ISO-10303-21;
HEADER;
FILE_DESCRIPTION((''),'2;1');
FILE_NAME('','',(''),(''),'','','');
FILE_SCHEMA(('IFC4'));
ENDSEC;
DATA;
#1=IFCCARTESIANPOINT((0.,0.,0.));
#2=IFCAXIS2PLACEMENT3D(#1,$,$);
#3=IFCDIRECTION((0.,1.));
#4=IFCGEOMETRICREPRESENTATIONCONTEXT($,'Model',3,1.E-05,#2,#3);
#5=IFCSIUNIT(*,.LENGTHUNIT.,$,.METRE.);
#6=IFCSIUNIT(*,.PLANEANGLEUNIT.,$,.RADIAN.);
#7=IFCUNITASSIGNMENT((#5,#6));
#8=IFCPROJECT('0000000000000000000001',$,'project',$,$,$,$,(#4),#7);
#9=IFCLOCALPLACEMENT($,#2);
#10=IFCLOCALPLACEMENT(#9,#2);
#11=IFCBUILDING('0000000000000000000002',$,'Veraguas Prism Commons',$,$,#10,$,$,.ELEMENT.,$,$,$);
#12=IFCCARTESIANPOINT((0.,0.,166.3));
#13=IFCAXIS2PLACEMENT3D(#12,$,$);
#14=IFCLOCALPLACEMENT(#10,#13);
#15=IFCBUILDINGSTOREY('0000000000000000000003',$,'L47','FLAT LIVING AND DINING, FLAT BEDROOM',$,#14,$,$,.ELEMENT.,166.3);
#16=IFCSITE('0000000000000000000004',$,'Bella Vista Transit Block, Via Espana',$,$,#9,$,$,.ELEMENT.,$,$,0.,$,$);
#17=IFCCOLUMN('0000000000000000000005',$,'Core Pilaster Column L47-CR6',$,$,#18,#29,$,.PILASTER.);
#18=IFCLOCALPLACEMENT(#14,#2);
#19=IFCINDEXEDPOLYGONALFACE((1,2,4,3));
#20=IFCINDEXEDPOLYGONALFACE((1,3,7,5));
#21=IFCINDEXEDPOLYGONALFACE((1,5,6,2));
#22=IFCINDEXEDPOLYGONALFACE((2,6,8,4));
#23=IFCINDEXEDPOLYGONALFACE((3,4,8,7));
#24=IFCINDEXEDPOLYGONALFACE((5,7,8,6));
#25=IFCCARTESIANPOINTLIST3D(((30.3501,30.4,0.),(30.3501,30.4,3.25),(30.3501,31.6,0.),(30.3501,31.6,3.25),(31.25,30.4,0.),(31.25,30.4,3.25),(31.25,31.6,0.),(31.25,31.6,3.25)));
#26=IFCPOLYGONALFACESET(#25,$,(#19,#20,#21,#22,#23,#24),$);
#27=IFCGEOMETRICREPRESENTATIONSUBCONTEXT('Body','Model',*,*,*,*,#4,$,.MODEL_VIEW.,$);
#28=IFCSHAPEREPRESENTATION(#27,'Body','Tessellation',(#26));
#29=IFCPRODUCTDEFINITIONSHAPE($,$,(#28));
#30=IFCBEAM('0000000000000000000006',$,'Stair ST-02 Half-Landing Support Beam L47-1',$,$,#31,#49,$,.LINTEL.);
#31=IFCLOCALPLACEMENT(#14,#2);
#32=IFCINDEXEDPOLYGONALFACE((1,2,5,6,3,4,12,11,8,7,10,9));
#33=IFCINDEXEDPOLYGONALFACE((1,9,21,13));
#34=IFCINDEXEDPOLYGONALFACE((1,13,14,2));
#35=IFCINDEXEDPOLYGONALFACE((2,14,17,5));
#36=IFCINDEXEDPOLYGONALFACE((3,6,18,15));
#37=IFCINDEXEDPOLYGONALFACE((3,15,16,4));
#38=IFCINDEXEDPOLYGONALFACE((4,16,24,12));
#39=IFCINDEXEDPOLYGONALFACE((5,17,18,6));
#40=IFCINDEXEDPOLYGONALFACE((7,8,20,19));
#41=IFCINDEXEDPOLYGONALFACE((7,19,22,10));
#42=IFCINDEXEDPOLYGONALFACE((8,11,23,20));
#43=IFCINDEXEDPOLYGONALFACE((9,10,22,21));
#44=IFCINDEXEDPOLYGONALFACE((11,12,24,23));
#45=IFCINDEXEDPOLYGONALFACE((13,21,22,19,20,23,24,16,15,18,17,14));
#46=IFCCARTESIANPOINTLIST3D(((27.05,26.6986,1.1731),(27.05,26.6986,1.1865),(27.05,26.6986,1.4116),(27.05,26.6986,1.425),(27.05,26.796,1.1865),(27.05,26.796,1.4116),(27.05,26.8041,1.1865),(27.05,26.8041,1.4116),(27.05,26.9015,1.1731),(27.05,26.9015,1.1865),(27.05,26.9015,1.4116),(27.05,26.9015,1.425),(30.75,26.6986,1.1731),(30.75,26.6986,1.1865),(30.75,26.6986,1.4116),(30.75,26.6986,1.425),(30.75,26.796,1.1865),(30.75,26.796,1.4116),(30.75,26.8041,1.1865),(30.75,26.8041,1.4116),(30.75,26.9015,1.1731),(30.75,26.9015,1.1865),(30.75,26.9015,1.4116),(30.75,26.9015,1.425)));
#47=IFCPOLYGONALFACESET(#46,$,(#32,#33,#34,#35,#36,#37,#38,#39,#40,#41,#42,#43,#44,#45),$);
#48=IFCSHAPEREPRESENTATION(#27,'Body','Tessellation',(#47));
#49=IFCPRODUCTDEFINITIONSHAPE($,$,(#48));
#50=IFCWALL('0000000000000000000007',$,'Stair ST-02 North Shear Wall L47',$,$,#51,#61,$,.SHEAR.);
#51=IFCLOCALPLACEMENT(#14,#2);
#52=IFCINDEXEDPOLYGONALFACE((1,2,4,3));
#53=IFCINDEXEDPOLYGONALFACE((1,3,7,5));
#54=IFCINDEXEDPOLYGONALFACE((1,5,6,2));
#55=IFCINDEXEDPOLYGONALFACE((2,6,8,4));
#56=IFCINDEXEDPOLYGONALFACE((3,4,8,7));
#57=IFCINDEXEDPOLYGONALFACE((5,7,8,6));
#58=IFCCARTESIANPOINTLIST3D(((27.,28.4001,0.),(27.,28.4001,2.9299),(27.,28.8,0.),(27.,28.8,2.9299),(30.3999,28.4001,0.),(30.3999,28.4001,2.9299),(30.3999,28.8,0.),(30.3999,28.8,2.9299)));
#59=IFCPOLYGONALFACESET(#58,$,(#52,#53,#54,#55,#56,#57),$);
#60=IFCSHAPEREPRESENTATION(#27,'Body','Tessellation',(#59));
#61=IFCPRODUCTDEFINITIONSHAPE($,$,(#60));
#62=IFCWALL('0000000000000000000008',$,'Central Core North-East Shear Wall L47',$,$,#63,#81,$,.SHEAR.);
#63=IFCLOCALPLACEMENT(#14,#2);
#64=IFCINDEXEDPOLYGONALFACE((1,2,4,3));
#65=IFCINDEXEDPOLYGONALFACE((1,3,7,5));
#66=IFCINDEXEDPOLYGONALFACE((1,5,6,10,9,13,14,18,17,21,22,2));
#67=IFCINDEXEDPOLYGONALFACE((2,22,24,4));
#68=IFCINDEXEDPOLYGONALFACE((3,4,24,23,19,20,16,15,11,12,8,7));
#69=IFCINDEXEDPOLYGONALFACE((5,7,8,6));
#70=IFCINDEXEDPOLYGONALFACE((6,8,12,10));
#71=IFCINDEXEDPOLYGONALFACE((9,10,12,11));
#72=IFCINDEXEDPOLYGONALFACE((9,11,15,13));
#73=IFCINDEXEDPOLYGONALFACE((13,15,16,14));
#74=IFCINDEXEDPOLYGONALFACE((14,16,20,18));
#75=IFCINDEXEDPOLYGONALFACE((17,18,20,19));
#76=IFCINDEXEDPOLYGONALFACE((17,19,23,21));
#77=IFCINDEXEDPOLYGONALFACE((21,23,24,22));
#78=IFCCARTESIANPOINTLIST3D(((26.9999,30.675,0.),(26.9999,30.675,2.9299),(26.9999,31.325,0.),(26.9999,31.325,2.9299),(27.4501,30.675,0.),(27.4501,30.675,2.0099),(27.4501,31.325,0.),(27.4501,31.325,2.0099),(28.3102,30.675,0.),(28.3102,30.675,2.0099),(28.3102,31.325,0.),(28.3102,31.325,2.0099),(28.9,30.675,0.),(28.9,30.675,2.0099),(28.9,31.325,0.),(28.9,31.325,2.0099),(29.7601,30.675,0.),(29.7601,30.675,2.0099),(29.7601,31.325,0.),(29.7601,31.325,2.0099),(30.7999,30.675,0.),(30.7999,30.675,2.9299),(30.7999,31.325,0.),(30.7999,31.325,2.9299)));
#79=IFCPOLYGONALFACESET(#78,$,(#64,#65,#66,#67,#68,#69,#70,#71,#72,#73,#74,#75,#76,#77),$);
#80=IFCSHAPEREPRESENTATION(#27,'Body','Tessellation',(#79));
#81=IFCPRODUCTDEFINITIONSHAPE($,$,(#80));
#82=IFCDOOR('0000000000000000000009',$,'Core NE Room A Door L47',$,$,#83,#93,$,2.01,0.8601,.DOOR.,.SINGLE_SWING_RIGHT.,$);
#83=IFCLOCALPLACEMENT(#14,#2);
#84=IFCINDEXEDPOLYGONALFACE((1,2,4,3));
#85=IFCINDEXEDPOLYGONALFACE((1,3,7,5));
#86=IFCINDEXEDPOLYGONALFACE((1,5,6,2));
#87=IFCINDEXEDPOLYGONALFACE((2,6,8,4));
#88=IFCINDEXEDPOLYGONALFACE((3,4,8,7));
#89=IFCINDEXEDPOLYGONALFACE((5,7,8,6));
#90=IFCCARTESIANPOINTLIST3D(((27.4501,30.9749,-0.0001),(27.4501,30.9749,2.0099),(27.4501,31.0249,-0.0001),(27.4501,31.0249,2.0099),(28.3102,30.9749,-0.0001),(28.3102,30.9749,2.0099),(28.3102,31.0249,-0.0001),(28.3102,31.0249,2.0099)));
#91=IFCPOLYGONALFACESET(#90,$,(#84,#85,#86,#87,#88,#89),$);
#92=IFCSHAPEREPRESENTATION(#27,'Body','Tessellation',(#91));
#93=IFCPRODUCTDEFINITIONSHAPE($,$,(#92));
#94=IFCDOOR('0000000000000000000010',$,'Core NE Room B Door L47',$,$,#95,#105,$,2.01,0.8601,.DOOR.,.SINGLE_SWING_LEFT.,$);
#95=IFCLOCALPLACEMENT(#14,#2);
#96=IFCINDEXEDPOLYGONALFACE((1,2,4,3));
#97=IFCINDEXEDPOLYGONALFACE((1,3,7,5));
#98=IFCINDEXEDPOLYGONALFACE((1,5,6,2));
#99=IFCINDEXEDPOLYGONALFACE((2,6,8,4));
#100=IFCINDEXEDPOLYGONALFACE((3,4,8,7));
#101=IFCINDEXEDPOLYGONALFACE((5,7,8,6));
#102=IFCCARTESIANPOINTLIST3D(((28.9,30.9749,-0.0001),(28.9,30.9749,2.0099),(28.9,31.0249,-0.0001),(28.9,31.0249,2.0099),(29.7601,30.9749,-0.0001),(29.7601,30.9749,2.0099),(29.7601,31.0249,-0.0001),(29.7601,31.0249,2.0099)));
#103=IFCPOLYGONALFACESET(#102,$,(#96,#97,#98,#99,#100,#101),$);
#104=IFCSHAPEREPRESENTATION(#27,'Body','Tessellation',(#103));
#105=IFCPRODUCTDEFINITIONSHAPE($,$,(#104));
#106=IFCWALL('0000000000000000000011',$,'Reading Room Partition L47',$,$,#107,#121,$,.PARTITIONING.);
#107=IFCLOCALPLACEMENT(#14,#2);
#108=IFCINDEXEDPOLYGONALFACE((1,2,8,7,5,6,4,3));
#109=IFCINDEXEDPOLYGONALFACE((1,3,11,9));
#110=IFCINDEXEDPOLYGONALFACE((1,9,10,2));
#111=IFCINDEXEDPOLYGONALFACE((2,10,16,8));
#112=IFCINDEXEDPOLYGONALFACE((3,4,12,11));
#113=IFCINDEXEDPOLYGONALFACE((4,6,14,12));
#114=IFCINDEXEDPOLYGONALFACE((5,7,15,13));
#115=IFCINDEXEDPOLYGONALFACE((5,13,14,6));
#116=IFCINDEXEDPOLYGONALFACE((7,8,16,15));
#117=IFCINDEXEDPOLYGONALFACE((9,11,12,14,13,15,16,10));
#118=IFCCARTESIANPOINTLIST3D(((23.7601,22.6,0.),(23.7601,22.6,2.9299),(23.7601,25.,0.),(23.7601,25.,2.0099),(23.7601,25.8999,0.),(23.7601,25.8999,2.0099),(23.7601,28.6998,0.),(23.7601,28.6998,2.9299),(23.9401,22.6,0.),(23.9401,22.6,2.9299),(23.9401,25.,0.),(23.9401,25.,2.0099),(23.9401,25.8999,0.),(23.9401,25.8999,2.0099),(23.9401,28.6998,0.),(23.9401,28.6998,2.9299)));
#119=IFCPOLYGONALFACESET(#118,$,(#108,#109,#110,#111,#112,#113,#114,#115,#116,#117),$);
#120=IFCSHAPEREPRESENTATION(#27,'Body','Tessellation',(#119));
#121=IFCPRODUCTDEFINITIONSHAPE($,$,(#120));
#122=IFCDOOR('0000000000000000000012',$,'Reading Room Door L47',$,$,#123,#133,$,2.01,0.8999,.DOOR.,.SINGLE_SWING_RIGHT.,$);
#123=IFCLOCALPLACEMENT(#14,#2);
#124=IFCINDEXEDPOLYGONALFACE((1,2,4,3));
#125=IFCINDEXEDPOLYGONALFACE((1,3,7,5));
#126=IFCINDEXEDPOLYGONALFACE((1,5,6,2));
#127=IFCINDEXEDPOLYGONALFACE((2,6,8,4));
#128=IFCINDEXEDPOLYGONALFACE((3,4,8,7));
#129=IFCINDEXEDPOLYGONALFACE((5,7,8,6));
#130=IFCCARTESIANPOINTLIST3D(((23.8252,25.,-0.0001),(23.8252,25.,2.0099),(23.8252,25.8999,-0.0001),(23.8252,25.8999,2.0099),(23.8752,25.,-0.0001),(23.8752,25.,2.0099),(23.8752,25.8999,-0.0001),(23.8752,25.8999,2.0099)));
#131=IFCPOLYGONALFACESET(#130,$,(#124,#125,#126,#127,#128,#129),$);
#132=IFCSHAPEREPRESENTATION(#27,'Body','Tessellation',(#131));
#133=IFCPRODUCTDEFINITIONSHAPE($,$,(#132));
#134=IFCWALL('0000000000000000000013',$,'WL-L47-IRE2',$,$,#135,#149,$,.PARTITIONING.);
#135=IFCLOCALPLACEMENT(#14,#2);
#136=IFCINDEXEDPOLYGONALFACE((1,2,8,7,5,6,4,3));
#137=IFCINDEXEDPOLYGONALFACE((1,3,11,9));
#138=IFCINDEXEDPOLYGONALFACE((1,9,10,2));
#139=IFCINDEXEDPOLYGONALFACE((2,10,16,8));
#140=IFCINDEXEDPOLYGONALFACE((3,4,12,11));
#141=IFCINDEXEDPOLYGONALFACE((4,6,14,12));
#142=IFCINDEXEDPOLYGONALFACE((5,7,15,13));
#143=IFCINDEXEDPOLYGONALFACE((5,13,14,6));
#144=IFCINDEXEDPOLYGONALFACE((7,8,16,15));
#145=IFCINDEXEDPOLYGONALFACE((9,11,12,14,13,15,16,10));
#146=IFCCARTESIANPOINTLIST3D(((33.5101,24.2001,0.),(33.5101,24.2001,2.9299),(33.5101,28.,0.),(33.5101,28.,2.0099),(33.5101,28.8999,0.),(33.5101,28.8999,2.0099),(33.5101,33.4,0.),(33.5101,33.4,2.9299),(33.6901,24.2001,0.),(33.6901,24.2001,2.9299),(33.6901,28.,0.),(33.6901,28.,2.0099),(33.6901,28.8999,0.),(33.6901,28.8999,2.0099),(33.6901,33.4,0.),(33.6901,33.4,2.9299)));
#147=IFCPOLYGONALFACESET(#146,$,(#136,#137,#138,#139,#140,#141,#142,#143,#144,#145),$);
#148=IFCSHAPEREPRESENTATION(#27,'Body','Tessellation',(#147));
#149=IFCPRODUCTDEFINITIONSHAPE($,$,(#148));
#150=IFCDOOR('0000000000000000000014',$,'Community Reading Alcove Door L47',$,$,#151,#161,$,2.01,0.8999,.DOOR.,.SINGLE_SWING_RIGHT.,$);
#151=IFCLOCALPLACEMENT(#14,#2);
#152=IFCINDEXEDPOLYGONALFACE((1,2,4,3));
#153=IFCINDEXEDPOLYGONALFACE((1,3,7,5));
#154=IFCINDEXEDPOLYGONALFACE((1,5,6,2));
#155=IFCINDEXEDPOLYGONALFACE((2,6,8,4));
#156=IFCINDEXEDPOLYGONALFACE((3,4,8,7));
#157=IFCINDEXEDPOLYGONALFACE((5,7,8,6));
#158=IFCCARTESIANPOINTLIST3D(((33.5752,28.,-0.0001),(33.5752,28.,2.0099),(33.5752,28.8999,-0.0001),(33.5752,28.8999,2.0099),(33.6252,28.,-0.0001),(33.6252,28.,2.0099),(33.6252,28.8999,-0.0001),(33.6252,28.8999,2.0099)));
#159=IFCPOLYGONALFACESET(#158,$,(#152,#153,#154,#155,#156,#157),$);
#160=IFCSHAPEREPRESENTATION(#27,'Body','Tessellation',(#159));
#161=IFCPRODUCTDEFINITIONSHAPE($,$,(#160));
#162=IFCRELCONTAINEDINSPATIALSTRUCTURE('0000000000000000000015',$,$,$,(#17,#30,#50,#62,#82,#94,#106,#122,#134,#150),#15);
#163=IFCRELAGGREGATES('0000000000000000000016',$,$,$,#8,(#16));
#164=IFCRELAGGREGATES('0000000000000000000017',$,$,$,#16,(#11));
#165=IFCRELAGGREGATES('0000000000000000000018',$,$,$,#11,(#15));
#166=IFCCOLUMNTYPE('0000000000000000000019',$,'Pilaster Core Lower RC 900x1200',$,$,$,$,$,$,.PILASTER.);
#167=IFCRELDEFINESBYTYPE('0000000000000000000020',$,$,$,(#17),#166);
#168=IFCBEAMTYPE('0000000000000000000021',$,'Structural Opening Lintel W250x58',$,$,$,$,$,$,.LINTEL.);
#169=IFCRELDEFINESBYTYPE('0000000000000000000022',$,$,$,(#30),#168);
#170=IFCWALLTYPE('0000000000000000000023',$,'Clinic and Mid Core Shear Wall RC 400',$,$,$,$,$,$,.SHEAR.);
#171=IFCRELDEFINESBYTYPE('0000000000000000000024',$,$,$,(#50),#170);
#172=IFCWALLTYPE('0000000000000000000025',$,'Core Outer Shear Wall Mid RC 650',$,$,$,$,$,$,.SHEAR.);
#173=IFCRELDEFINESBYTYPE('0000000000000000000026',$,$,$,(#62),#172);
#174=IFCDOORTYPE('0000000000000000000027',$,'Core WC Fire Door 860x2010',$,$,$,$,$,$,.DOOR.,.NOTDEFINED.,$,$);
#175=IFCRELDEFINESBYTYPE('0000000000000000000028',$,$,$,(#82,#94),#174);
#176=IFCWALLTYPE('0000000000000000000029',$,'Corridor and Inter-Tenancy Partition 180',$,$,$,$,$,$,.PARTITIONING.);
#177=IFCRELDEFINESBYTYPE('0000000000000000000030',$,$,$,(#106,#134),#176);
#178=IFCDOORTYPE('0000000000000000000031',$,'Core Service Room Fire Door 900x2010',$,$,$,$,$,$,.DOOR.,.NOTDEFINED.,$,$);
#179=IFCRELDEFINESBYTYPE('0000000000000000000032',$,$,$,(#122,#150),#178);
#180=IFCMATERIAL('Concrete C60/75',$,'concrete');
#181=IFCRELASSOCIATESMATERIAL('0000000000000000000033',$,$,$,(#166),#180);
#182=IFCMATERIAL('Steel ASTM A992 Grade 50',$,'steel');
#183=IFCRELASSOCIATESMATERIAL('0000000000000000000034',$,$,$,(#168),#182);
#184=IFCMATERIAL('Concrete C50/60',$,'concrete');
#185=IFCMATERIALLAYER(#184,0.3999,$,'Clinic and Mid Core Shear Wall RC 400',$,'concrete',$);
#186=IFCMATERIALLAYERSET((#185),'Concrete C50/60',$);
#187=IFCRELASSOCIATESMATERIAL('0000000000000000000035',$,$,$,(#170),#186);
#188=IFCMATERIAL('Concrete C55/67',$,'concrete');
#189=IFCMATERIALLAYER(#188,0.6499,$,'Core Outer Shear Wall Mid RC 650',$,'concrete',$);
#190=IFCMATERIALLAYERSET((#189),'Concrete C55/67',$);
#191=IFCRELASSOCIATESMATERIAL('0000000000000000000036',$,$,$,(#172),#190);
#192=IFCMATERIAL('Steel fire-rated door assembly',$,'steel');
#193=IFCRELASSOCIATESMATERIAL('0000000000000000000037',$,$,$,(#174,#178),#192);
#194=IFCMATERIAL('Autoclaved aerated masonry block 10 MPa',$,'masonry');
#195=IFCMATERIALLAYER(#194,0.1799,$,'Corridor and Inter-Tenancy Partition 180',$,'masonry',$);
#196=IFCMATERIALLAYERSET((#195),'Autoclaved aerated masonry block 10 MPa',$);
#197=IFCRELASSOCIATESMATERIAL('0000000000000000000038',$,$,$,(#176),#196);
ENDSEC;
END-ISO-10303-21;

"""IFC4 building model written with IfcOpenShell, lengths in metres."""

from ifc_helpers import new_model, si_unit, direction, frame, frame_2d, origin, origin_2d, place, context, subcontext, project, spatial, rectangle, i_section, extrude, source, transform, mapped, material, layer, layer_set, material_profile, profile_set, type_object, element, fill, save


model = new_model("IFC4")

# Units and contexts
model_context = context("Model", 3, precision=1e-05, world=origin(), true_north=direction((0.0, 1.0)))
body_context = subcontext(model_context, "Body", "Model", "MODEL_VIEW")
ifc_project = project(units=[si_unit("LENGTHUNIT", "METRE"), si_unit("PLANEANGLEUNIT", "RADIAN")], contexts=[model_context])

# Site, building, storey
site_placement = place(None, origin())
site = spatial("IfcSite", under=ifc_project, at=site_placement, Name="Bella Vista Transit Block, Via Espana", CompositionType="ELEMENT", RefElevation=0.0)
building_placement = place(site_placement, origin())
building = spatial("IfcBuilding", under=site, at=building_placement, Name="Veraguas Prism Commons", CompositionType="ELEMENT")
storey_placement = place(building_placement, frame((0.0, 0.0, 166.3)))
storey = spatial("IfcBuildingStorey", under=building, at=storey_placement, Name="L47", Description="FLAT LIVING AND DINING, FLAT BEDROOM", CompositionType="ELEMENT", Elevation=166.3)

# Column
ifc_material_1 = material(Name="Concrete C60/75", Category="concrete")
ifc_material_profile_1 = material_profile(ifc_material_1, rectangle(XDim=0.8999, YDim=1.2, at=origin_2d()), Name="RC900X1200")
ifc_profile_set_1 = profile_set([ifc_material_profile_1], Name="Concrete C60/75")
column_type = type_object("IfcColumnType", Name="Pilaster Core Lower RC 900x1200", PredefinedType="PILASTER", material=ifc_profile_set_1)
column_placement = place(storey_placement, frame((30.8, 31.0, 0.0), z_axis=(0.0, 0.0, 1.0), x_axis=(1.0, 0.0, 0.0)))
element("IfcColumn", 1, at=column_placement, inside=storey, type_object=column_type, Name="Core Pilaster Column L47-CR6", PredefinedType="PILASTER", context=body_context, shape_type="SweptSolid", body=[
    extrude(rectangle(XDim=0.8999, YDim=1.2, at=origin_2d()), origin(), (0.0, 0.0, 1.0), 3.25),
])

# Beam
ifc_material_2 = material(Name="Steel ASTM A992 Grade 50", Category="steel")
ifc_material_profile_2 = material_profile(ifc_material_2, i_section(OverallWidth=0.2029, OverallDepth=0.252, WebThickness=0.0081, FlangeThickness=0.0134, at=origin_2d()), Name="W250X58")
ifc_profile_set_2 = profile_set([ifc_material_profile_2], Name="Steel ASTM A992 Grade 50")
beam_type = type_object("IfcBeamType", Name="Structural Opening Lintel W250x58", PredefinedType="LINTEL", material=ifc_profile_set_2)
beam_placement = place(storey_placement, frame((27.05, 26.8, 1.2991), z_axis=(1.0, 0.0, 0.0), x_axis=(0.0, 1.0, 0.0)))
element("IfcBeam", 2, at=beam_placement, inside=storey, type_object=beam_type, Name="Stair ST-02 Half-Landing Support Beam L47-1", PredefinedType="LINTEL", context=body_context, shape_type="SweptSolid", body=[
    extrude(i_section(OverallWidth=0.2029, OverallDepth=0.252, WebThickness=0.0081, FlangeThickness=0.0134, at=origin_2d()), origin(), (0.0, 0.0, 1.0), 3.7),
])

# Wall
ifc_material_3 = material(Name="Concrete C50/60", Category="concrete")
ifc_layer_1 = layer(ifc_material_3, 0.3999, Name="Clinic and Mid Core Shear Wall RC 400", Category="concrete")
ifc_layer_set_1 = layer_set([ifc_layer_1], Name="Concrete C50/60")
wall_type_1 = type_object("IfcWallType", Name="Clinic and Mid Core Shear Wall RC 400", PredefinedType="SHEAR", material=ifc_layer_set_1)
wall_1_placement = place(storey_placement, frame((27.0, 28.6001, 0.0), z_axis=(0.0, 0.0, 1.0), x_axis=(1.0, 0.0, 0.0)))
element("IfcWall", 3, at=wall_1_placement, inside=storey, type_object=wall_type_1, Name="Stair ST-02 North Shear Wall L47", PredefinedType="SHEAR", context=body_context, shape_type="SweptSolid", body=[
    extrude(rectangle(XDim=3.3999, YDim=0.3999, at=frame_2d((1.7, 0.0))), origin(), (0.0, 0.0, 1.0), 2.9299),
])

# Wall, openings, doors
ifc_material_4 = material(Name="Concrete C55/67", Category="concrete")
ifc_layer_2 = layer(ifc_material_4, 0.6499, Name="Core Outer Shear Wall Mid RC 650", Category="concrete")
ifc_layer_set_2 = layer_set([ifc_layer_2], Name="Concrete C55/67")
wall_type_2 = type_object("IfcWallType", Name="Core Outer Shear Wall Mid RC 650", PredefinedType="SHEAR", material=ifc_layer_set_2)
wall_2_placement = place(storey_placement, frame((27.0, 31.0, 0.0), z_axis=(0.0, 0.0, 1.0), x_axis=(1.0, 0.0, 0.0)))
wall_2 = element("IfcWall", 4, at=wall_2_placement, inside=storey, type_object=wall_type_2, Name="Central Core North-East Shear Wall L47", PredefinedType="SHEAR", context=body_context, shape_type="SweptSolid", body=[
    extrude(rectangle(XDim=3.8, YDim=0.6499, at=frame_2d((1.8999, 0.0))), origin(), (0.0, 0.0, 1.0), 2.9299),
])
opening_1_placement = place(wall_2_placement, frame((0.45, 0.0, 0.0)))
opening_1 = element("IfcOpeningElement", 5, at=opening_1_placement, cuts=wall_2, PredefinedType="OPENING", context=body_context, shape_type="SweptSolid", body=[
    extrude(rectangle(XDim=0.8601, YDim=2.01, at=frame_2d((0.4302, 1.0049))), frame((0.0, 0.335, 0.0), z_axis=(0.0, -1.0, 0.0), x_axis=(1.0, 0.0, 0.0)), (0.0, 0.0, 1.0), 0.6699),
])
opening_2_placement = place(wall_2_placement, frame((1.8999, 0.0, 0.0)))
opening_2 = element("IfcOpeningElement", 6, at=opening_2_placement, cuts=wall_2, PredefinedType="OPENING", context=body_context, shape_type="SweptSolid", body=[
    extrude(rectangle(XDim=0.8601, YDim=2.01, at=frame_2d((0.4302, 1.0049))), frame((0.0, 0.335, 0.0), z_axis=(0.0, -1.0, 0.0), x_axis=(1.0, 0.0, 0.0)), (0.0, 0.0, 1.0), 0.6699),
])
ifc_material_5 = material(Name="Steel fire-rated door assembly", Category="steel")
door_type_1 = type_object("IfcDoorType", Name="Core WC Fire Door 860x2010", OperationType="NOTDEFINED", PredefinedType="DOOR", material=ifc_material_5)
shared_shape_1 = source(origin(), body_context, "Body", "SweptSolid", [
    extrude(rectangle(XDim=0.8601, YDim=2.01, at=frame_2d((0.4302, 1.0049))), frame((0.0, 0.0249, 0.0), z_axis=(0.0, -1.0, 0.0), x_axis=(1.0, 0.0, 0.0)), (0.0, 0.0, 1.0), 0.05),
])
door_1_placement = place(opening_1_placement, origin())
door_1 = element("IfcDoor", 7, at=door_1_placement, inside=storey, type_object=door_type_1, Name="Core NE Room A Door L47", OperationType="SINGLE_SWING_RIGHT", OverallHeight=2.01, OverallWidth=0.8601, PredefinedType="DOOR", context=body_context, shape_type="MappedRepresentation", body=[
    mapped(shared_shape_1, transform((0.0, 0.0, 0.0), scale=1.0)),
])
fill(opening_1, door_1)
door_2_placement = place(opening_2_placement, origin())
door_2 = element("IfcDoor", 8, at=door_2_placement, inside=storey, type_object=door_type_1, Name="Core NE Room B Door L47", OperationType="SINGLE_SWING_LEFT", OverallHeight=2.01, OverallWidth=0.8601, PredefinedType="DOOR", context=body_context, shape_type="MappedRepresentation", body=[
    mapped(shared_shape_1, transform((0.0, 0.0, 0.0), scale=1.0)),
])
fill(opening_2, door_2)

# Walls, openings, doors
ifc_material_6 = material(Name="Autoclaved aerated masonry block 10 MPa", Category="masonry")
ifc_layer_3 = layer(ifc_material_6, 0.1799, Name="Corridor and Inter-Tenancy Partition 180", Category="masonry")
ifc_layer_set_3 = layer_set([ifc_layer_3], Name="Autoclaved aerated masonry block 10 MPa")
wall_type_3 = type_object("IfcWallType", Name="Corridor and Inter-Tenancy Partition 180", PredefinedType="PARTITIONING", material=ifc_layer_set_3)
wall_3_placement = place(storey_placement, frame((23.8501, 22.6001, 0.0), z_axis=(0.0, 0.0, 1.0), x_axis=(0.0, 1.0, 0.0)))
wall_3 = element("IfcWall", 9, at=wall_3_placement, inside=storey, type_object=wall_type_3, Name="Reading Room Partition L47", PredefinedType="PARTITIONING", context=body_context, shape_type="SweptSolid", body=[
    extrude(rectangle(XDim=6.0999, YDim=0.1799, at=frame_2d((3.0498, 0.0))), origin(), (0.0, 0.0, 1.0), 2.9299),
])
opening_3_placement = place(wall_3_placement, frame((2.3999, 0.0, 0.0)))
opening_3 = element("IfcOpeningElement", 10, at=opening_3_placement, cuts=wall_3, PredefinedType="OPENING", context=body_context, shape_type="SweptSolid", body=[
    extrude(rectangle(XDim=0.8999, YDim=2.01, at=frame_2d((0.45, 1.0049))), frame((0.0, 0.0999, 0.0), z_axis=(0.0, -1.0, 0.0), x_axis=(1.0, 0.0, 0.0)), (0.0, 0.0, 1.0), 0.2),
])
door_type_2 = type_object("IfcDoorType", Name="Core Service Room Fire Door 900x2010", OperationType="NOTDEFINED", PredefinedType="DOOR", material=ifc_material_5)
shared_shape_2 = source(origin(), body_context, "Body", "SweptSolid", [
    extrude(rectangle(XDim=0.8999, YDim=2.01, at=frame_2d((0.45, 1.0049))), frame((0.0, 0.0249, 0.0), z_axis=(0.0, -1.0, 0.0), x_axis=(1.0, 0.0, 0.0)), (0.0, 0.0, 1.0), 0.05),
])
door_3_placement = place(opening_3_placement, origin())
door_3 = element("IfcDoor", 11, at=door_3_placement, inside=storey, type_object=door_type_2, Name="Reading Room Door L47", OperationType="SINGLE_SWING_RIGHT", OverallHeight=2.01, OverallWidth=0.8999, PredefinedType="DOOR", context=body_context, shape_type="MappedRepresentation", body=[
    mapped(shared_shape_2, transform((0.0, 0.0, 0.0), scale=1.0)),
])
fill(opening_3, door_3)
wall_4_placement = place(storey_placement, frame((33.6001, 24.2, 0.0), z_axis=(0.0, 0.0, 1.0), x_axis=(0.0, 1.0, 0.0)))
wall_4 = element("IfcWall", 12, at=wall_4_placement, inside=storey, type_object=wall_type_3, Name="WL-L47-IRE2", PredefinedType="PARTITIONING", context=body_context, shape_type="SweptSolid", body=[
    extrude(rectangle(XDim=9.2, YDim=0.1799, at=frame_2d((4.6001, 0.0))), origin(), (0.0, 0.0, 1.0), 2.9299),
])
opening_4_placement = place(wall_4_placement, frame((3.8, 0.0, 0.0)))
opening_4 = element("IfcOpeningElement", 13, at=opening_4_placement, cuts=wall_4, PredefinedType="OPENING", context=body_context, shape_type="SweptSolid", body=[
    extrude(rectangle(XDim=0.8999, YDim=2.01, at=frame_2d((0.45, 1.0049))), frame((0.0, 0.0999, 0.0), z_axis=(0.0, -1.0, 0.0), x_axis=(1.0, 0.0, 0.0)), (0.0, 0.0, 1.0), 0.2),
])
door_4_placement = place(opening_4_placement, origin())
door_4 = element("IfcDoor", 14, at=door_4_placement, inside=storey, type_object=door_type_2, Name="Community Reading Alcove Door L47", OperationType="SINGLE_SWING_RIGHT", OverallHeight=2.01, OverallWidth=0.8999, PredefinedType="DOOR", context=body_context, shape_type="MappedRepresentation", body=[
    mapped(shared_shape_2, transform((0.0, 0.0, 0.0), scale=1.0)),
])
fill(opening_4, door_4)

save(model, "model.ifc")
